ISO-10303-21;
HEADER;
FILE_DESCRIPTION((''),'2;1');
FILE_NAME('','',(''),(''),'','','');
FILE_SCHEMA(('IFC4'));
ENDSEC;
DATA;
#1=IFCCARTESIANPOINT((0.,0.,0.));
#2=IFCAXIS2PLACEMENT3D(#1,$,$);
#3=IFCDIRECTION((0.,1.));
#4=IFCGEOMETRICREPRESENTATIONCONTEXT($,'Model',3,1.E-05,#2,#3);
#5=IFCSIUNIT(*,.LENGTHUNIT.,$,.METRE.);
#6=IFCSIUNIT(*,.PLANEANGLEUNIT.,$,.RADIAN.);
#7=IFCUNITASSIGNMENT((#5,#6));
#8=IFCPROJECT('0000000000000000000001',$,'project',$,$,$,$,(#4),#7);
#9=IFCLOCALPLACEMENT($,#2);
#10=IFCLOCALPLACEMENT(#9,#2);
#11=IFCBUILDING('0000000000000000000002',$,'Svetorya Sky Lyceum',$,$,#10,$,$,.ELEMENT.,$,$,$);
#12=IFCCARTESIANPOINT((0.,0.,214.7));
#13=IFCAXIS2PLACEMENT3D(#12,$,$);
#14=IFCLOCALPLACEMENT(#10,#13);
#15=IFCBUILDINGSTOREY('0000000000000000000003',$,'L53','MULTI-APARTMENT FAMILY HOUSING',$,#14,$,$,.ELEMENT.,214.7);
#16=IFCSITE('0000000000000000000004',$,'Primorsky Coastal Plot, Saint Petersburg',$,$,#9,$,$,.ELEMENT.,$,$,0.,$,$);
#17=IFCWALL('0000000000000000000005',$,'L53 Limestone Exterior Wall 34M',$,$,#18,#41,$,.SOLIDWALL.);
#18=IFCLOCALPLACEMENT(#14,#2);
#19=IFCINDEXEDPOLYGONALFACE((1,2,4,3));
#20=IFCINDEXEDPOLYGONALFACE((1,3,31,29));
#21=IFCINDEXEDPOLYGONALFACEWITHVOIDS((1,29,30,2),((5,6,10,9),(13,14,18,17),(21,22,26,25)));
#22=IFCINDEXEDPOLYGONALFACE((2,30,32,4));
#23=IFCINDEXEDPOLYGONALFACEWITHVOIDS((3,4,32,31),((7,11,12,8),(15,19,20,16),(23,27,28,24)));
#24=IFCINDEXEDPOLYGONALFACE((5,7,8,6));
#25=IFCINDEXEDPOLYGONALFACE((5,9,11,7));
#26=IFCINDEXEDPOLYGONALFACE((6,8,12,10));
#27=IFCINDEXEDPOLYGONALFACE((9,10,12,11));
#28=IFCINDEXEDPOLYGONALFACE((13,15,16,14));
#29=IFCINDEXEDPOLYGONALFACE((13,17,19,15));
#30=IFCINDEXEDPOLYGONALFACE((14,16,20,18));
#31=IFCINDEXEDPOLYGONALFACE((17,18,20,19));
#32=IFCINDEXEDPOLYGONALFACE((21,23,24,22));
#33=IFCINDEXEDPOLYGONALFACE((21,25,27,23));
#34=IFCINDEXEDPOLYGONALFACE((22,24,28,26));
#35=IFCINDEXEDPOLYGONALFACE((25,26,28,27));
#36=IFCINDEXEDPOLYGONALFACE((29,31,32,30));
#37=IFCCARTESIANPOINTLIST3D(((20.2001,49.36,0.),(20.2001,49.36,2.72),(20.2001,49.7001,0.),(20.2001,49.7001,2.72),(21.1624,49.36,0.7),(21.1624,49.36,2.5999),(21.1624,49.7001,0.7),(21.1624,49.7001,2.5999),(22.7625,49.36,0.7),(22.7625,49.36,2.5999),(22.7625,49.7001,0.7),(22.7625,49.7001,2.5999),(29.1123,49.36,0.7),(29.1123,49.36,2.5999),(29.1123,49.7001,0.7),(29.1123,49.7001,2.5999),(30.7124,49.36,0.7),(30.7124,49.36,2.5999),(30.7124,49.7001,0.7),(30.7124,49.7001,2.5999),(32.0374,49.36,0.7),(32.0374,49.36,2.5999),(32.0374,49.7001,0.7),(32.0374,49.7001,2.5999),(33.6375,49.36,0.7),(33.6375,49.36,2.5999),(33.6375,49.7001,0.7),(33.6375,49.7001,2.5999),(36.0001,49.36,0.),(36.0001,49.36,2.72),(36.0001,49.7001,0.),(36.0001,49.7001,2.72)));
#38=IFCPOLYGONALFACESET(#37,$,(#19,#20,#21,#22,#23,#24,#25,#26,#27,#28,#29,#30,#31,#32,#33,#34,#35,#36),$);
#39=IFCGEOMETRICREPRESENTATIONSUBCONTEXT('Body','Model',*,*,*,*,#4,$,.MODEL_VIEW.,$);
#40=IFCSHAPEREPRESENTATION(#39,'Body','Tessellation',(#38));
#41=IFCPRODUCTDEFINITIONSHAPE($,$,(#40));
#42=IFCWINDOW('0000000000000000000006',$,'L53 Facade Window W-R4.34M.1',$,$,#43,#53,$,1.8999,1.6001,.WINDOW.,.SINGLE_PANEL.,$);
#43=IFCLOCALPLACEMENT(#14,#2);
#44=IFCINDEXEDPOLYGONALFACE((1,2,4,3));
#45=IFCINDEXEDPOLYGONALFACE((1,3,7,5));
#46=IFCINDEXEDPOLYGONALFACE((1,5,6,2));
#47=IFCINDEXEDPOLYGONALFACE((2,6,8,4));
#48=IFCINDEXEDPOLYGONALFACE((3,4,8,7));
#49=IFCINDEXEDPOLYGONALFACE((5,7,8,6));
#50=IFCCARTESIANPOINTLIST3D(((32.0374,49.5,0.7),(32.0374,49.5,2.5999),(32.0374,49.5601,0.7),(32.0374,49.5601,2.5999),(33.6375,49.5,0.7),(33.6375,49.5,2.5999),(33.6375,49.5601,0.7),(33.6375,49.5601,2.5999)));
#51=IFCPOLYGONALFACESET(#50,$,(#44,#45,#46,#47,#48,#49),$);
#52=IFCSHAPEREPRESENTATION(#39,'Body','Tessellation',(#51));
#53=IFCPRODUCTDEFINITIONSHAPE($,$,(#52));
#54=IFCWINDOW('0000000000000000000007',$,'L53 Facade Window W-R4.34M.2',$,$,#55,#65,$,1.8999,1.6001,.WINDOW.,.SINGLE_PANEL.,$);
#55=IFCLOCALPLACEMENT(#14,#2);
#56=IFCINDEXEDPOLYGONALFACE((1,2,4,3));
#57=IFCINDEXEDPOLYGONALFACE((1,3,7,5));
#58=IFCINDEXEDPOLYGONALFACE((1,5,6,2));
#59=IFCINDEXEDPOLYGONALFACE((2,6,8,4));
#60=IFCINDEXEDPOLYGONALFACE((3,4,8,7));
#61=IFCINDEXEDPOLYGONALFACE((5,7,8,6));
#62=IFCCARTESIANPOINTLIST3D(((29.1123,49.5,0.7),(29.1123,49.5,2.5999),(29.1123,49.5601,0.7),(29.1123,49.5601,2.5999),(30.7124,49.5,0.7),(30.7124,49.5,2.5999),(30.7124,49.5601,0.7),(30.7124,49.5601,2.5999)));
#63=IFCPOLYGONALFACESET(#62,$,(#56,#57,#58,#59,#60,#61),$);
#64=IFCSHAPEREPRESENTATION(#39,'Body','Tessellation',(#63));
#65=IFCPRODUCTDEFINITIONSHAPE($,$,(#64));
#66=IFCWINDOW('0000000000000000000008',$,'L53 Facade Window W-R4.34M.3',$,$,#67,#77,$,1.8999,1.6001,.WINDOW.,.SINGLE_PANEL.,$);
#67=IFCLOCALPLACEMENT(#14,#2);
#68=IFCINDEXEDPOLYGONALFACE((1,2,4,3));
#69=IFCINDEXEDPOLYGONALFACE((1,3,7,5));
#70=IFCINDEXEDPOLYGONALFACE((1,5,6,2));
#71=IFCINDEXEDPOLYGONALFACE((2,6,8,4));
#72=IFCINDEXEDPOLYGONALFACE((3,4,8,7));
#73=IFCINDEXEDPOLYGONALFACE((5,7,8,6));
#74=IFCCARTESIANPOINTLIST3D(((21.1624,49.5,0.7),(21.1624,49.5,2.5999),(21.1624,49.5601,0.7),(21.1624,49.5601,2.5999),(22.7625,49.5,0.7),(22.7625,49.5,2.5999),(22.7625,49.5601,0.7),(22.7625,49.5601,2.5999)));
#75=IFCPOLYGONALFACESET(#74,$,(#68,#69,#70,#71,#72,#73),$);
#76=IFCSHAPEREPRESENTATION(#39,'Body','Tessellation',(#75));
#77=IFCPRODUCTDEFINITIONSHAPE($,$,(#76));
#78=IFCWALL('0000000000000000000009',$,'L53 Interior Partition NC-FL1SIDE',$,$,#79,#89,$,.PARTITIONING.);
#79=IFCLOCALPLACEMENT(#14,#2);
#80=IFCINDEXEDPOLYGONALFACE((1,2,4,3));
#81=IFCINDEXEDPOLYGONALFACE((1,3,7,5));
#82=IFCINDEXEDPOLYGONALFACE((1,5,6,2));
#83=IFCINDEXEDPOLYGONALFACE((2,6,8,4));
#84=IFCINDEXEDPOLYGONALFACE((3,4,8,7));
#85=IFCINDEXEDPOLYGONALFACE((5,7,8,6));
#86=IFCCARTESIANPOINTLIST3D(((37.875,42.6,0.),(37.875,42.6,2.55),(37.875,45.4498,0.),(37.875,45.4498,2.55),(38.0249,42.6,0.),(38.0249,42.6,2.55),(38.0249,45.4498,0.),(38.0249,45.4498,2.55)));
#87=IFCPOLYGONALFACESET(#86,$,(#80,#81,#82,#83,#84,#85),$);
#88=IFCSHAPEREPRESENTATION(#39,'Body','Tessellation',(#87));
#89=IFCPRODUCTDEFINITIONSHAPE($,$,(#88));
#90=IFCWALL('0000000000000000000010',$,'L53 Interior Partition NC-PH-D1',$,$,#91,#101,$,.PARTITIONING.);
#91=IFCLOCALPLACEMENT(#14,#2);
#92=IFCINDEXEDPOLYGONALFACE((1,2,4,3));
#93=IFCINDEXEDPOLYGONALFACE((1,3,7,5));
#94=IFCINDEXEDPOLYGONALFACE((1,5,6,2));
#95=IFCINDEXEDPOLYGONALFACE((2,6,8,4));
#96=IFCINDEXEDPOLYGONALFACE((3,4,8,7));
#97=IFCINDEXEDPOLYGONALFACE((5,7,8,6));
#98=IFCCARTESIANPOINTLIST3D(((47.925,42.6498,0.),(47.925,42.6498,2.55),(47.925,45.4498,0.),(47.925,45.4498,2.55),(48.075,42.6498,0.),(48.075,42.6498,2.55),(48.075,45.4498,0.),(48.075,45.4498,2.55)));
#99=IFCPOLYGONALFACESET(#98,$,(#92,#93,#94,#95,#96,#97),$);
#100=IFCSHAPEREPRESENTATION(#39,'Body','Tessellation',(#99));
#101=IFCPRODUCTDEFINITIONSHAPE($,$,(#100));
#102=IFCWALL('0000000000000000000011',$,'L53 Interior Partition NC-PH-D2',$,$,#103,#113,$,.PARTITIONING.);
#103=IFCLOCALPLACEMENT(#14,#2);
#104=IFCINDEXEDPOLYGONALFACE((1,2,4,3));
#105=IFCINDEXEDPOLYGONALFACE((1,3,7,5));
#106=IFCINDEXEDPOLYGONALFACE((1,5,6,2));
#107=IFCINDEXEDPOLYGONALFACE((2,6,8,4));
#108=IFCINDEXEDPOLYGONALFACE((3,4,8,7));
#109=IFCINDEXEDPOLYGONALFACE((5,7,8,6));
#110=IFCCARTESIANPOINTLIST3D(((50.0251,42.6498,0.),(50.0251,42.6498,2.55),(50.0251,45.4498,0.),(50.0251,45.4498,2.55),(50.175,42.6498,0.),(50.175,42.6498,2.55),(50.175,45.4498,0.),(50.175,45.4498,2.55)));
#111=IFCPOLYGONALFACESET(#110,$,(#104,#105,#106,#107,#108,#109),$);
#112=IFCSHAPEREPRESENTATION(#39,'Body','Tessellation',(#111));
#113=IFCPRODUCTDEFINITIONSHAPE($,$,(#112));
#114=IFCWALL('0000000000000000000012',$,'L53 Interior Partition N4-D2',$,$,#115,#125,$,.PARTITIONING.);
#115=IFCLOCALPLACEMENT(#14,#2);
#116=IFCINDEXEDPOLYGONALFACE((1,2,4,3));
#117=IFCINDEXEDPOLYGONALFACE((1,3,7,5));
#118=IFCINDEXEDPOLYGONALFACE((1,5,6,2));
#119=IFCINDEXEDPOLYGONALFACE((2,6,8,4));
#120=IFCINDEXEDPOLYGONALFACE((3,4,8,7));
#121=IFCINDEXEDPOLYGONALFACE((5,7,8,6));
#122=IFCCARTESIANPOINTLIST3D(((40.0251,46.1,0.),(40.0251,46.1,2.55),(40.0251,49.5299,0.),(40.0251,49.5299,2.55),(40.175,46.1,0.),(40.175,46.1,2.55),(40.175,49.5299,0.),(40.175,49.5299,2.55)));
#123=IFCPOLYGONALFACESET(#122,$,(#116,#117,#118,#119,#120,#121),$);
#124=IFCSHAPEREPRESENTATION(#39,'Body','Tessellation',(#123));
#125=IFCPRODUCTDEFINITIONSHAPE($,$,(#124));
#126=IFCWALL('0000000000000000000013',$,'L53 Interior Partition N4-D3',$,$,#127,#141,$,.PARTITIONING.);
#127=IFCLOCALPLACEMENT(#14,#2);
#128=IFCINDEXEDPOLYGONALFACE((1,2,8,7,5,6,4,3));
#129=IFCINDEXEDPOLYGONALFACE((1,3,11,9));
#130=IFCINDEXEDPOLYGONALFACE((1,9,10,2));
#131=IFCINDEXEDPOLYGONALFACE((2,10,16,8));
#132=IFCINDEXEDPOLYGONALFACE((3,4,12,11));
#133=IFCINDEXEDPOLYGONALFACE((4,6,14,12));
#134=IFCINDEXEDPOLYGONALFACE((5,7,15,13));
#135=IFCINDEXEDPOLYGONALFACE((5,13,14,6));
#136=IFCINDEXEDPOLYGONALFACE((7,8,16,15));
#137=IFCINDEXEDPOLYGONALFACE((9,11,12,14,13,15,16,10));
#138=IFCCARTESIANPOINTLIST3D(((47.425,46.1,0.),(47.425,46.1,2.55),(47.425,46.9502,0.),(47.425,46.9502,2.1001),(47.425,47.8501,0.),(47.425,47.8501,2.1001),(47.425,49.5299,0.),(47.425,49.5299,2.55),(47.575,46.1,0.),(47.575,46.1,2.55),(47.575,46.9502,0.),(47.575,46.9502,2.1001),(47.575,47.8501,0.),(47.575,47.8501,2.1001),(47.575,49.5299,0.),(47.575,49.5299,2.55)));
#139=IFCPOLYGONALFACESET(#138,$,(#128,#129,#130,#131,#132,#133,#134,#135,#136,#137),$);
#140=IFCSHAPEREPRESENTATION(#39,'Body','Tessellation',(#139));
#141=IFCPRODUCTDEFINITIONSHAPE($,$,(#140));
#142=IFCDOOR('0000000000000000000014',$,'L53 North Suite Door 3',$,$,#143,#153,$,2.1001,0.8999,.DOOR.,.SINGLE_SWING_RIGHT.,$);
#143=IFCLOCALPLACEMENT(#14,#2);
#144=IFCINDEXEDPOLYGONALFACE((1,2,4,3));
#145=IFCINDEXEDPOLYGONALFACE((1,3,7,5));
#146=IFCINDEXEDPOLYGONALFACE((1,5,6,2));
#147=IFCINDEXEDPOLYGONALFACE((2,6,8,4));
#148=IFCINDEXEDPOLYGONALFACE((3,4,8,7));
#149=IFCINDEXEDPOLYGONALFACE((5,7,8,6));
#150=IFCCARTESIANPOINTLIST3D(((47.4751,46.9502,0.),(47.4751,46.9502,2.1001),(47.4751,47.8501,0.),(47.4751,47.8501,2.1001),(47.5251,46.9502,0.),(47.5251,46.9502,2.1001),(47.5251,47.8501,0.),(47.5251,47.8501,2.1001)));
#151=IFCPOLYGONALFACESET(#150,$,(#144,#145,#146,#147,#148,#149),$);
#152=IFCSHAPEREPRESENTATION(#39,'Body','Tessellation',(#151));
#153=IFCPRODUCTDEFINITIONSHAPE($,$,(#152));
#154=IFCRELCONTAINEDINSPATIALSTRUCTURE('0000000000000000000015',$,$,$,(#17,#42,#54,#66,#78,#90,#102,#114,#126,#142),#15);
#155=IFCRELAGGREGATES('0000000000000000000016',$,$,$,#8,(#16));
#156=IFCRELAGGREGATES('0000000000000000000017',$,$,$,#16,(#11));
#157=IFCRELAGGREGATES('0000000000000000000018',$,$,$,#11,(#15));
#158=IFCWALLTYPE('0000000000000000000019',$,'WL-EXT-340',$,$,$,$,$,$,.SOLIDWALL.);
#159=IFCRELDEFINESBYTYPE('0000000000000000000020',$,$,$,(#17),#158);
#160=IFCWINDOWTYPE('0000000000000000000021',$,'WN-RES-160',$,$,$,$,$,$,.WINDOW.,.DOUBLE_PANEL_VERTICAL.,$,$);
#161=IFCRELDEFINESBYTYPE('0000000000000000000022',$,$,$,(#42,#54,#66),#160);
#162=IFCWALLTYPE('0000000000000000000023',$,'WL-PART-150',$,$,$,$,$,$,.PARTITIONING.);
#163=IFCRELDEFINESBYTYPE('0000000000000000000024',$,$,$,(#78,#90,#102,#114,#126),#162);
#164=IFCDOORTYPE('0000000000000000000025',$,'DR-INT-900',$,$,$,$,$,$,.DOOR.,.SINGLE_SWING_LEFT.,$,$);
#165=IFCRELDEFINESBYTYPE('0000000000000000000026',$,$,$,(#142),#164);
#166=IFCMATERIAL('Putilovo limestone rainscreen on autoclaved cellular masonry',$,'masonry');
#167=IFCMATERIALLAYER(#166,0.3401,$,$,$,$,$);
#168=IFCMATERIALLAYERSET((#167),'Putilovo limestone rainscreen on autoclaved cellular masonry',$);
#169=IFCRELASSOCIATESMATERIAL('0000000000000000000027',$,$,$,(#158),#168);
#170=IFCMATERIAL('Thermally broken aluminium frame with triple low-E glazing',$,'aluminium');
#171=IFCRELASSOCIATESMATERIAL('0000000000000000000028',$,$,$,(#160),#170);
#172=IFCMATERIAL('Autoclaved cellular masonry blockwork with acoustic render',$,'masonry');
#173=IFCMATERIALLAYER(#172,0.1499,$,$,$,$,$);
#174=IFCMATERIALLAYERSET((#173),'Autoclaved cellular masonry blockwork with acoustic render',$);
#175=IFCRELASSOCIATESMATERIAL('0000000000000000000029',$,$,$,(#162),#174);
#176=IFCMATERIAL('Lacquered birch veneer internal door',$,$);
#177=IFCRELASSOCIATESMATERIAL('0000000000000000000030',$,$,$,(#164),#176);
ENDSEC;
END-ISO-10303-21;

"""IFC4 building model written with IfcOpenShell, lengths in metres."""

from ifc_helpers import new_model, si_unit, direction, frame, frame_2d, origin, place, context, subcontext, project, spatial, rectangle, extrude, material, layer, layer_set, type_object, element, fill, save


model = new_model("IFC4")

# Units and contexts
model_context = context("Model", 3, precision=1e-05, world=origin(), true_north=direction((0.0, 1.0)))
body_context = subcontext(model_context, "Body", "Model", "MODEL_VIEW")
ifc_project = project(units=[si_unit("LENGTHUNIT", "METRE"), si_unit("PLANEANGLEUNIT", "RADIAN")], contexts=[model_context])

# Site, building, storey
site_placement = place(None, origin())
site = spatial("IfcSite", under=ifc_project, at=site_placement, Name="Primorsky Coastal Plot, Saint Petersburg", CompositionType="ELEMENT", RefElevation=0.0)
building_placement = place(site_placement, origin())
building = spatial("IfcBuilding", under=site, at=building_placement, Name="Svetorya Sky Lyceum", CompositionType="ELEMENT")
storey_placement = place(building_placement, frame((0.0, 0.0, 214.7)))
storey = spatial("IfcBuildingStorey", under=building, at=storey_placement, Name="L53", Description="MULTI-APARTMENT FAMILY HOUSING", CompositionType="ELEMENT", Elevation=214.7)

# Shared definitions
ifc_material_1 = material(Name="Putilovo limestone rainscreen on autoclaved cellular masonry", Category="masonry")
ifc_layer_1 = layer(ifc_material_1, 0.3401)
ifc_layer_set_1 = layer_set([ifc_layer_1], Name="Putilovo limestone rainscreen on autoclaved cellular masonry")
wall_type_1 = type_object("IfcWallType", Name="WL-EXT-340", PredefinedType="SOLIDWALL", material=ifc_layer_set_1)

# Wall, openings, windows
wall_1_placement = place(storey_placement, frame((36.0, 49.53, 0.0), z_axis=(0.0, 0.0, 1.0), x_axis=(-1.0, 0.0, 0.0)))
wall_1 = element("IfcWall", 1, at=wall_1_placement, inside=storey, type_object=wall_type_1, Name="L53 Limestone Exterior Wall 34M", PredefinedType="SOLIDWALL", context=body_context, shape_type="SweptSolid", body=[
    extrude(rectangle(XDim=15.8, YDim=0.3401, at=frame_2d((7.8999, 0.0))), origin(), (0.0, 0.0, 1.0), 2.72),
])
opening_1_placement = place(wall_1_placement, frame((2.3625, 0.0, 0.7)))
opening_1 = element("IfcOpeningElement", 2, at=opening_1_placement, cuts=wall_1, PredefinedType="OPENING", context=body_context, shape_type="SweptSolid", body=[
    extrude(rectangle(XDim=1.6001, YDim=1.8999, at=frame_2d((0.8, 0.95))), frame((0.0, 0.1799, 0.0), z_axis=(0.0, -1.0, 0.0), x_axis=(1.0, 0.0, 0.0)), (0.0, 0.0, 1.0), 0.3601),
])
opening_2_placement = place(wall_1_placement, frame((5.2876, 0.0, 0.7)))
opening_2 = element("IfcOpeningElement", 3, at=opening_2_placement, cuts=wall_1, PredefinedType="OPENING", context=body_context, shape_type="SweptSolid", body=[
    extrude(rectangle(XDim=1.6001, YDim=1.8999, at=frame_2d((0.8, 0.95))), frame((0.0, 0.1799, 0.0), z_axis=(0.0, -1.0, 0.0), x_axis=(1.0, 0.0, 0.0)), (0.0, 0.0, 1.0), 0.3601),
])
opening_3_placement = place(wall_1_placement, frame((13.2375, 0.0, 0.7)))
opening_3 = element("IfcOpeningElement", 4, at=opening_3_placement, cuts=wall_1, PredefinedType="OPENING", context=body_context, shape_type="SweptSolid", body=[
    extrude(rectangle(XDim=1.6001, YDim=1.8999, at=frame_2d((0.8, 0.95))), frame((0.0, 0.1799, 0.0), z_axis=(0.0, -1.0, 0.0), x_axis=(1.0, 0.0, 0.0)), (0.0, 0.0, 1.0), 0.3601),
])
ifc_material_2 = material(Name="Thermally broken aluminium frame with triple low-E glazing", Category="aluminium")
window_type = type_object("IfcWindowType", Name="WN-RES-160", PartitioningType="DOUBLE_PANEL_VERTICAL", PredefinedType="WINDOW", material=ifc_material_2)
window_1_placement = place(opening_1_placement, origin())
window_1 = element("IfcWindow", 5, at=window_1_placement, inside=storey, type_object=window_type, Name="L53 Facade Window W-R4.34M.1", OverallHeight=1.8999, OverallWidth=1.6001, PartitioningType="SINGLE_PANEL", PredefinedType="WINDOW", context=body_context, shape_type="SweptSolid", body=[
    extrude(rectangle(XDim=1.6001, YDim=1.8999, at=frame_2d((0.8, 0.95))), frame((0.0, 0.03, 0.0), z_axis=(0.0, -1.0, 0.0), x_axis=(1.0, 0.0, 0.0)), (0.0, 0.0, 1.0), 0.0601),
])
fill(opening_1, window_1)
window_2_placement = place(opening_2_placement, origin())
window_2 = element("IfcWindow", 6, at=window_2_placement, inside=storey, type_object=window_type, Name="L53 Facade Window W-R4.34M.2", OverallHeight=1.8999, OverallWidth=1.6001, PartitioningType="SINGLE_PANEL", PredefinedType="WINDOW", context=body_context, shape_type="SweptSolid", body=[
    extrude(rectangle(XDim=1.6001, YDim=1.8999, at=frame_2d((0.8, 0.95))), frame((0.0, 0.03, 0.0), z_axis=(0.0, -1.0, 0.0), x_axis=(1.0, 0.0, 0.0)), (0.0, 0.0, 1.0), 0.0601),
])
fill(opening_2, window_2)
window_3_placement = place(opening_3_placement, origin())
window_3 = element("IfcWindow", 7, at=window_3_placement, inside=storey, type_object=window_type, Name="L53 Facade Window W-R4.34M.3", OverallHeight=1.8999, OverallWidth=1.6001, PartitioningType="SINGLE_PANEL", PredefinedType="WINDOW", context=body_context, shape_type="SweptSolid", body=[
    extrude(rectangle(XDim=1.6001, YDim=1.8999, at=frame_2d((0.8, 0.95))), frame((0.0, 0.03, 0.0), z_axis=(0.0, -1.0, 0.0), x_axis=(1.0, 0.0, 0.0)), (0.0, 0.0, 1.0), 0.0601),
])
fill(opening_3, window_3)

# Walls
ifc_material_3 = material(Name="Autoclaved cellular masonry blockwork with acoustic render", Category="masonry")
ifc_layer_2 = layer(ifc_material_3, 0.1499)
ifc_layer_set_2 = layer_set([ifc_layer_2], Name="Autoclaved cellular masonry blockwork with acoustic render")
wall_type_2 = type_object("IfcWallType", Name="WL-PART-150", PredefinedType="PARTITIONING", material=ifc_layer_set_2)
wall_2_placement = place(storey_placement, frame((37.95, 42.6001, 0.0), z_axis=(0.0, 0.0, 1.0), x_axis=(0.0, 1.0, 0.0)))
element("IfcWall", 8, at=wall_2_placement, inside=storey, type_object=wall_type_2, Name="L53 Interior Partition NC-FL1SIDE", PredefinedType="PARTITIONING", context=body_context, shape_type="SweptSolid", body=[
    extrude(rectangle(XDim=2.8499, YDim=0.1499, at=frame_2d((1.4248, 0.0))), origin(), (0.0, 0.0, 1.0), 2.55),
])
for number, where, z_axis, x_axis, name in (
    (9, (48.0, 42.6499, 0.0), (0.0, 0.0, 1.0), (0.0, 1.0, 0.0), "L53 Interior Partition NC-PH-D1"),
    (10, (50.1001, 42.6499, 0.0), (0.0, 0.0, 1.0), (0.0, 1.0, 0.0), "L53 Interior Partition NC-PH-D2"),
):
    element("IfcWall", number, at=place(storey_placement, frame(where, z_axis=z_axis, x_axis=x_axis)), inside=storey, type_object=wall_type_2, Name=name, PredefinedType="PARTITIONING", context=body_context, shape_type="SweptSolid", body=[
        extrude(rectangle(XDim=2.8, YDim=0.1499, at=frame_2d((1.3999, 0.0))), origin(), (0.0, 0.0, 1.0), 2.55),
    ])
wall_3_placement = place(storey_placement, frame((40.1001, 46.1001, 0.0), z_axis=(0.0, 0.0, 1.0), x_axis=(0.0, 1.0, 0.0)))
element("IfcWall", 11, at=wall_3_placement, inside=storey, type_object=wall_type_2, Name="L53 Interior Partition N4-D2", PredefinedType="PARTITIONING", context=body_context, shape_type="SweptSolid", body=[
    extrude(rectangle(XDim=3.4299, YDim=0.1499, at=frame_2d((1.7148, 0.0))), origin(), (0.0, 0.0, 1.0), 2.55),
])

# Wall, opening, door
wall_4_placement = place(storey_placement, frame((47.5, 46.1001, 0.0), z_axis=(0.0, 0.0, 1.0), x_axis=(0.0, 1.0, 0.0)))
wall_4 = element("IfcWall", 12, at=wall_4_placement, inside=storey, type_object=wall_type_2, Name="L53 Interior Partition N4-D3", PredefinedType="PARTITIONING", context=body_context, shape_type="SweptSolid", body=[
    extrude(rectangle(XDim=3.4299, YDim=0.1499, at=frame_2d((1.7148, 0.0))), origin(), (0.0, 0.0, 1.0), 2.55),
])
opening_4_placement = place(wall_4_placement, frame((0.8501, 0.0, 0.0)))
opening_4 = element("IfcOpeningElement", 13, at=opening_4_placement, cuts=wall_4, PredefinedType="OPENING", context=body_context, shape_type="SweptSolid", body=[
    extrude(rectangle(XDim=0.8999, YDim=2.1001, at=frame_2d((0.45, 1.05))), frame((0.0, 0.085, 0.0), z_axis=(0.0, -1.0, 0.0), x_axis=(1.0, 0.0, 0.0)), (0.0, 0.0, 1.0), 0.1699),
])
ifc_material_4 = material(Name="Lacquered birch veneer internal door")
door_type_1 = type_object("IfcDoorType", Name="DR-INT-900", OperationType="SINGLE_SWING_LEFT", PredefinedType="DOOR", material=ifc_material_4)
door_1_placement = place(opening_4_placement, origin())
door_1 = element("IfcDoor", 14, at=door_1_placement, inside=storey, type_object=door_type_1, Name="L53 North Suite Door 3", OperationType="SINGLE_SWING_RIGHT", OverallHeight=2.1001, OverallWidth=0.8999, PredefinedType="DOOR", context=body_context, shape_type="SweptSolid", body=[
    extrude(rectangle(XDim=0.8999, YDim=2.1001, at=frame_2d((0.45, 1.05))), frame((0.0, 0.0249, 0.0), z_axis=(0.0, -1.0, 0.0), x_axis=(1.0, 0.0, 0.0)), (0.0, 0.0, 1.0), 0.05),
])
fill(opening_4, door_1)

save(model, "model.ifc")
